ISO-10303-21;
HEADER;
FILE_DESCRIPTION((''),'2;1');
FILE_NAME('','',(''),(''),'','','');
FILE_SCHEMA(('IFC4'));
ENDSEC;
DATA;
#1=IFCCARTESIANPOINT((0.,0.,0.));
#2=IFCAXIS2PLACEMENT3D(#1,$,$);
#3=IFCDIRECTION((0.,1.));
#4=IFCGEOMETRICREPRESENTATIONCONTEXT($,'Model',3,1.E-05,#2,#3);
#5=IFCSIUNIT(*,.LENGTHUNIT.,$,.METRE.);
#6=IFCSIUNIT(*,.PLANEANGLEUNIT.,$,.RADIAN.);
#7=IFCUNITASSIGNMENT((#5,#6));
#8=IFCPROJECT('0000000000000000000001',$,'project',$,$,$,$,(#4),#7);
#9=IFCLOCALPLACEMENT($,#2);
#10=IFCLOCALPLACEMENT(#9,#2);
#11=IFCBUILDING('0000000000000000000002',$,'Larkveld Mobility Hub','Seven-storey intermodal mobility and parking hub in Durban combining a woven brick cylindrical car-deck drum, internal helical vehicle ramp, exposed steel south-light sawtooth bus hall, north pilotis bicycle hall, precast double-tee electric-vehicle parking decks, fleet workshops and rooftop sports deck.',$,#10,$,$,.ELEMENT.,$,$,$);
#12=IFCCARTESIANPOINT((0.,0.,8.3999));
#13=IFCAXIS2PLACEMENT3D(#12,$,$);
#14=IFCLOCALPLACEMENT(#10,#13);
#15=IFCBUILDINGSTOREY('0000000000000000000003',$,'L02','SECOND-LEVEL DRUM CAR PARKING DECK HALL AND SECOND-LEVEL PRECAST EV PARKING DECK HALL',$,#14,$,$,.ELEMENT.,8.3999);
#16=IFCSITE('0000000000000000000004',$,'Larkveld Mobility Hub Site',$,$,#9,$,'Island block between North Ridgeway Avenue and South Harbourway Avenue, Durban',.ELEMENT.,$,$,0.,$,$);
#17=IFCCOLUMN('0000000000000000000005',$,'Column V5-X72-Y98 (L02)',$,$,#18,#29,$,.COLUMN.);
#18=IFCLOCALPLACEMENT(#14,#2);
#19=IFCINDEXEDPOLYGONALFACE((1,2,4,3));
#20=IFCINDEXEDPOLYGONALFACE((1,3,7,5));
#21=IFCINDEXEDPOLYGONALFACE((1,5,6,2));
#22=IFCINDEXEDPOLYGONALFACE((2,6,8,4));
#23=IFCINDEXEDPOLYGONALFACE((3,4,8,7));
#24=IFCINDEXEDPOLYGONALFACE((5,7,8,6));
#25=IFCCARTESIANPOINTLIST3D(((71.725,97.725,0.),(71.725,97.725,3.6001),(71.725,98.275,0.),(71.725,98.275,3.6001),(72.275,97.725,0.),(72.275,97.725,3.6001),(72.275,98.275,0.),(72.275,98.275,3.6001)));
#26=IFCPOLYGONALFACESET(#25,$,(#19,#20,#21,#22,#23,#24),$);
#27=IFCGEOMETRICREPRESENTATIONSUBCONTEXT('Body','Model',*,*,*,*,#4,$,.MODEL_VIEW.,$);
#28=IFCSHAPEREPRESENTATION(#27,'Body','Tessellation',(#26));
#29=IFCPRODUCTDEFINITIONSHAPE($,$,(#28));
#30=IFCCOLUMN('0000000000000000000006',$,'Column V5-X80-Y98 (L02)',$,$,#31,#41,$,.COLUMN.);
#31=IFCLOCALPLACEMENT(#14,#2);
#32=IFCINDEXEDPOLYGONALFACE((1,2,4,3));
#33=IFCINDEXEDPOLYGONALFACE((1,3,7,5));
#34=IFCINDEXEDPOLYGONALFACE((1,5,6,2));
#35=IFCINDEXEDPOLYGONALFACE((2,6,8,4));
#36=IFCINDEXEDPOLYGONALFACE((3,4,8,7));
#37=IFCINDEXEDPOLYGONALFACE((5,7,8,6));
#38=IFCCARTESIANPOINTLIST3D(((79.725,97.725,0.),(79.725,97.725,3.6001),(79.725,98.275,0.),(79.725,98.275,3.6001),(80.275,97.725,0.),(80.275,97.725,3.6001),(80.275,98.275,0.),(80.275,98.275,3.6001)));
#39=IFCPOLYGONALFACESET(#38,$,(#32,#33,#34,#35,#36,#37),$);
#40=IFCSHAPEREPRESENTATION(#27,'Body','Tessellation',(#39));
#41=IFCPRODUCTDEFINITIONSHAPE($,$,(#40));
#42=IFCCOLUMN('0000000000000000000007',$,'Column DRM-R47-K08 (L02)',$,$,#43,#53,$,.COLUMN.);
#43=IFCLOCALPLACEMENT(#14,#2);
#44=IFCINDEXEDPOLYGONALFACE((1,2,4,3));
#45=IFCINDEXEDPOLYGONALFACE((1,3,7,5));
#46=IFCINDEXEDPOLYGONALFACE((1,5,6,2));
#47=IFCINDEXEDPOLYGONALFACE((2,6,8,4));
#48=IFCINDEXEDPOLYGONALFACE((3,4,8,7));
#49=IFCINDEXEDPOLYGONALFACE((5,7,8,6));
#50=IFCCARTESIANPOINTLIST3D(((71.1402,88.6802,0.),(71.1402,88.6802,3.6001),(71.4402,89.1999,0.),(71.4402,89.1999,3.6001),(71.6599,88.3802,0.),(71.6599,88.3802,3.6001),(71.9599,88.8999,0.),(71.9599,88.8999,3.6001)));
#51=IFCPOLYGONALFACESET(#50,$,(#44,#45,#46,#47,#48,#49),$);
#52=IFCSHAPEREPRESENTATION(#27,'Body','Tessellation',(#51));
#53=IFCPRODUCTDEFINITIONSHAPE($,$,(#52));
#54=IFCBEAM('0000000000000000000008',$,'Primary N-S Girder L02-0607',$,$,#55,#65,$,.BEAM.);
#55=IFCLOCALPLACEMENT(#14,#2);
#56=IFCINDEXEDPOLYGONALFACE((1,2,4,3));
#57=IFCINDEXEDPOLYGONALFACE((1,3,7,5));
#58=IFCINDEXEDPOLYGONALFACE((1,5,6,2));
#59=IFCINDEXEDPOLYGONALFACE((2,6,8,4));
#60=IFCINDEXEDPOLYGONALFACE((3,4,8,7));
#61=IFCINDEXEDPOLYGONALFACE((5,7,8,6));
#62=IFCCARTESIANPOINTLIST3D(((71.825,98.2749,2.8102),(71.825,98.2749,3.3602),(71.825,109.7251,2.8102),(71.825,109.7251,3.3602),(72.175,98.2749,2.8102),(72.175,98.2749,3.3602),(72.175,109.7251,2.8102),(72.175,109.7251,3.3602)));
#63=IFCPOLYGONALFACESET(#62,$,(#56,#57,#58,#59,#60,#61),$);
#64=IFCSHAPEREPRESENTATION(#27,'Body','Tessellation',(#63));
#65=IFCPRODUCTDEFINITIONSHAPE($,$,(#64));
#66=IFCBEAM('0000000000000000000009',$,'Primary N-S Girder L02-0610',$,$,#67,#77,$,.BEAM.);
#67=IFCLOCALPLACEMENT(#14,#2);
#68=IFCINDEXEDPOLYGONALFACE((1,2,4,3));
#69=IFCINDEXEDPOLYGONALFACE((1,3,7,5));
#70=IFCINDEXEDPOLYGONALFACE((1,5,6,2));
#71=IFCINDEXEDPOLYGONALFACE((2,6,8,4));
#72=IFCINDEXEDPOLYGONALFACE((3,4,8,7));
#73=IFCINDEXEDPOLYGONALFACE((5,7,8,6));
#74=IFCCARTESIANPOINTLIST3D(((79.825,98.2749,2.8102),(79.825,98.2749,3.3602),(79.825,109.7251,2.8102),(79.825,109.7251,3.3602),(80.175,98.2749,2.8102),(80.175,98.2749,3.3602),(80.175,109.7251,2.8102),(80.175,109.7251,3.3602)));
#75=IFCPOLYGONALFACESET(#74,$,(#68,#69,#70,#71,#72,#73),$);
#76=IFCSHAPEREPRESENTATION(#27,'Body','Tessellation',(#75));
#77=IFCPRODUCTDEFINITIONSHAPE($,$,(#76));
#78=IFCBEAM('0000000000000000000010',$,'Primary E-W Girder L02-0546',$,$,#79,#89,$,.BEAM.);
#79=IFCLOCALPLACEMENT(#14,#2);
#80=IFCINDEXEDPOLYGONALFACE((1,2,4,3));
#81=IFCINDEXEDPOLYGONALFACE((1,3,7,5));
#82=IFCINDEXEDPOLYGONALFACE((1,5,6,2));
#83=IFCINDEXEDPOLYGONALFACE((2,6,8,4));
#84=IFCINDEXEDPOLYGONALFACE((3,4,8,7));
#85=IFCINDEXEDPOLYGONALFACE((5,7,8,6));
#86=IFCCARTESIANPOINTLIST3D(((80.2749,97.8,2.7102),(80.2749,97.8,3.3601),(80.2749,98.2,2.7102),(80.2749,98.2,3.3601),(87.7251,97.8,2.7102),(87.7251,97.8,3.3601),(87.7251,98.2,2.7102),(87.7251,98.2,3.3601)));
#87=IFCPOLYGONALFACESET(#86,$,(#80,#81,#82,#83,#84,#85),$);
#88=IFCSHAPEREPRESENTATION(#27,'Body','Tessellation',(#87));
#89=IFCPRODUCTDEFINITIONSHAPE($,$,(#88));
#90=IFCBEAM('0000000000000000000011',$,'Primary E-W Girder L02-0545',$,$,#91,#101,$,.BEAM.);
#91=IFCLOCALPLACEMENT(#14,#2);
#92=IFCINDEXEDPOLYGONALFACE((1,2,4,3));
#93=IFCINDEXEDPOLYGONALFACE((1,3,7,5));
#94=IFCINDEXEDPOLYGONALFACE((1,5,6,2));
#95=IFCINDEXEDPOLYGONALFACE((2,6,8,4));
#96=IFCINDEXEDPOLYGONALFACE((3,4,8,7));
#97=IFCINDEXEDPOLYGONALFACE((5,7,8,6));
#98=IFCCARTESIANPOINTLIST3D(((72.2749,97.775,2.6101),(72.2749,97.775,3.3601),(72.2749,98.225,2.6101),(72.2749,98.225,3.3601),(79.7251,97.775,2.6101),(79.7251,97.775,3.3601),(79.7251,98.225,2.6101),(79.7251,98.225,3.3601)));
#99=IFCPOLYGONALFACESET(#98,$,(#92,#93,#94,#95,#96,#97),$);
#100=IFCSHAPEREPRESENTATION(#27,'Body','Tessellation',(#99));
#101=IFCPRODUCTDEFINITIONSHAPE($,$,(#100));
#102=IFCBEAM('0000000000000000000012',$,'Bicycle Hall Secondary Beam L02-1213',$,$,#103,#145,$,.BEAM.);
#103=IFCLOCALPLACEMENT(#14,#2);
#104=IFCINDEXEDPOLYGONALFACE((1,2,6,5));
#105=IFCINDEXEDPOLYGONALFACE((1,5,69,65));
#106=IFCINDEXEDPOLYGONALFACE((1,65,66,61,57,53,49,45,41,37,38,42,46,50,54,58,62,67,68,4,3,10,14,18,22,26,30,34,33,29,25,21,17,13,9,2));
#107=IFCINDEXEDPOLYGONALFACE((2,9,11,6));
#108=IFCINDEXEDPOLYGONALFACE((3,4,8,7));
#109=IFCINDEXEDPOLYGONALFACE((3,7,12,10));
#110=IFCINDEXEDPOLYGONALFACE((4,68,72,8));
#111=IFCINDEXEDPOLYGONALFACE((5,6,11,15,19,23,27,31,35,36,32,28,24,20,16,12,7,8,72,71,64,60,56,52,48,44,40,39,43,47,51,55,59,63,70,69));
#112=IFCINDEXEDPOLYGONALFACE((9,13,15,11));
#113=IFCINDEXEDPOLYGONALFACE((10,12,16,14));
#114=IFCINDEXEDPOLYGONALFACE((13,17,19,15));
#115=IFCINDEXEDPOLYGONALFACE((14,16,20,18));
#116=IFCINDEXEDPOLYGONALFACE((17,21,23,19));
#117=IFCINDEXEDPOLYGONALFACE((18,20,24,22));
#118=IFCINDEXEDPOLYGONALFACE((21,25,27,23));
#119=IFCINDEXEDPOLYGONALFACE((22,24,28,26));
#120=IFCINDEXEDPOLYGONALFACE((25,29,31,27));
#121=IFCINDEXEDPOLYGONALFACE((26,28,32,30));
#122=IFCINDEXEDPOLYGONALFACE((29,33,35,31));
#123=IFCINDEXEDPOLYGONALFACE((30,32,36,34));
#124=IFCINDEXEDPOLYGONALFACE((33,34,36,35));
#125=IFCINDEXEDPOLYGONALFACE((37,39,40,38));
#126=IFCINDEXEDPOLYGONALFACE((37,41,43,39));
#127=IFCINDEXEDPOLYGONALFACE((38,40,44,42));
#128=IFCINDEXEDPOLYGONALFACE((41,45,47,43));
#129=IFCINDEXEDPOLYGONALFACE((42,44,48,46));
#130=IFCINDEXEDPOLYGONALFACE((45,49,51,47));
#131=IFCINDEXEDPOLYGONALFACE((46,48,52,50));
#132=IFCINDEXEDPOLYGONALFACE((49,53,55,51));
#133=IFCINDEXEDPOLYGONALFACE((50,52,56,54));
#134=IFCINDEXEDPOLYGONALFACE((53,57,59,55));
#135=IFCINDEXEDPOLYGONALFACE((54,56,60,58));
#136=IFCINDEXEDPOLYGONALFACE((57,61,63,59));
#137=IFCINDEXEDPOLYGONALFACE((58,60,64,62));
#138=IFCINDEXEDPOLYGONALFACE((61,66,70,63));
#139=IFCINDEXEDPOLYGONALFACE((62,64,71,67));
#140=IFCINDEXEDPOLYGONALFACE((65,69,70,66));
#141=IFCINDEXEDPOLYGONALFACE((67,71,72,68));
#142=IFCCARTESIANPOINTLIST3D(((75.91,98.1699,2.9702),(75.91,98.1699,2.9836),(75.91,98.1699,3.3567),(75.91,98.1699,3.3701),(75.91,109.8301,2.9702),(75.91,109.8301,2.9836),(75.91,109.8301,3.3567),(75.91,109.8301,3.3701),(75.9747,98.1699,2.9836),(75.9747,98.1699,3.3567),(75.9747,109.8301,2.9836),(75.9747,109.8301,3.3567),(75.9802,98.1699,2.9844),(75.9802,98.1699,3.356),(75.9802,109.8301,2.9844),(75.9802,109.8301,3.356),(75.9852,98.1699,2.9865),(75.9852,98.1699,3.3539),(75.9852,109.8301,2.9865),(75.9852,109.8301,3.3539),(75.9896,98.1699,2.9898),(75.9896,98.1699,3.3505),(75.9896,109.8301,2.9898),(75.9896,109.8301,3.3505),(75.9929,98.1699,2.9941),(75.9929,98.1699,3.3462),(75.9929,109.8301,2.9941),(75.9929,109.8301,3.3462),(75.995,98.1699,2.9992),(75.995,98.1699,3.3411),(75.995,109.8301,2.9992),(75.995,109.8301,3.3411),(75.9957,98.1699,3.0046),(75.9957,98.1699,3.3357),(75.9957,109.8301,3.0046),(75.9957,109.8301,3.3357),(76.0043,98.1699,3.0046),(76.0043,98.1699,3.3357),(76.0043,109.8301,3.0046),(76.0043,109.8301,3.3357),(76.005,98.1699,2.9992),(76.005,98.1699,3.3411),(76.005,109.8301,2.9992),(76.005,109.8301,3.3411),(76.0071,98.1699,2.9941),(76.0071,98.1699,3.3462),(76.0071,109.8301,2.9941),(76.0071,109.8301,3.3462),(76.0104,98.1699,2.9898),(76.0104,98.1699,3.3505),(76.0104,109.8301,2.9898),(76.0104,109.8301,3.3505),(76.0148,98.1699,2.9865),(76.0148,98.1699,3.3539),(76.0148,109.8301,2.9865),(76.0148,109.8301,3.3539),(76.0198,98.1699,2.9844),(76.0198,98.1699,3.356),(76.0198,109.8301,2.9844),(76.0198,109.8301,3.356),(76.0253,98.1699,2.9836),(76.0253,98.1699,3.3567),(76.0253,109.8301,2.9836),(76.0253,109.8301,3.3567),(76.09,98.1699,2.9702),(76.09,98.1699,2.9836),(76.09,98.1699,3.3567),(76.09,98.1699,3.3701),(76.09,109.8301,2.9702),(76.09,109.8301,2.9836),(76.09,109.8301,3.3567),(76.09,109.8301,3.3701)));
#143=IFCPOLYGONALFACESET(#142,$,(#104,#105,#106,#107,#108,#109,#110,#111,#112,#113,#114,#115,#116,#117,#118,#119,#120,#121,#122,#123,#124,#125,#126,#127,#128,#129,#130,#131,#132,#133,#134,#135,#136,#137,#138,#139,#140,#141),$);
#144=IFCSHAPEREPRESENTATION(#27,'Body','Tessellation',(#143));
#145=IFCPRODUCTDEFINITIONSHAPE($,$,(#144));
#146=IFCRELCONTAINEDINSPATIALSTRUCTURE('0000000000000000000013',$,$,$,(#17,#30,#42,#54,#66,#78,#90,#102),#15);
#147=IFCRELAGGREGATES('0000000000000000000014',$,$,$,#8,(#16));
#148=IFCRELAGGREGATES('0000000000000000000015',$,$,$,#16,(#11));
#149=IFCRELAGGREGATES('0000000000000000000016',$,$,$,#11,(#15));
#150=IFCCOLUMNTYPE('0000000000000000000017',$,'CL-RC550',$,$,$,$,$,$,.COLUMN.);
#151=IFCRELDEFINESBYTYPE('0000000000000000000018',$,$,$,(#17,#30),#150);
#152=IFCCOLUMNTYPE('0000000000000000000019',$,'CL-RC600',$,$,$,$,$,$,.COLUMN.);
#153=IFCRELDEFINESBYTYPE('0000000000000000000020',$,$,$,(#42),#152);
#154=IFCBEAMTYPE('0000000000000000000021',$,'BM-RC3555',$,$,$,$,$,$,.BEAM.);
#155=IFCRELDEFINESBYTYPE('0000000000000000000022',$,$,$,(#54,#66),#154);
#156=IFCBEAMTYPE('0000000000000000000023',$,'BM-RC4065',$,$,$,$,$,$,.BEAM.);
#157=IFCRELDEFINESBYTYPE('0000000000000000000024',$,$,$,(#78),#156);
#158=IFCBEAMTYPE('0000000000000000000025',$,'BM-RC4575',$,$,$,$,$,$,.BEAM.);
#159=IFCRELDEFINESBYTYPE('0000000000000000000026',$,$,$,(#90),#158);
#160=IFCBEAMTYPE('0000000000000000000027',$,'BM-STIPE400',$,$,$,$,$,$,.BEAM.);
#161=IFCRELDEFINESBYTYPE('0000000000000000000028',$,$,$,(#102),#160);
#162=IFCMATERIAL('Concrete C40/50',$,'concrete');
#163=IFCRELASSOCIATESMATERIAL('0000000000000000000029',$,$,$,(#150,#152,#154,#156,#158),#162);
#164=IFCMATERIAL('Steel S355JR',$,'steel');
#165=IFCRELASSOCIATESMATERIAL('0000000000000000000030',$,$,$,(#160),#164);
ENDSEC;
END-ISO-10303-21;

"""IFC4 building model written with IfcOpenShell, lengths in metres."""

from ifc_helpers import new_model, si_unit, direction, frame, origin, origin_2d, place, context, subcontext, project, spatial, rectangle, i_section, extrude, material, material_profile, profile_set, type_object, element, save


model = new_model("IFC4")

# Units and contexts
model_context = context("Model", 3, precision=1e-05, world=origin(), true_north=direction((0.0, 1.0)))
body_context = subcontext(model_context, "Body", "Model", "MODEL_VIEW")
ifc_project = project(units=[si_unit("LENGTHUNIT", "METRE"), si_unit("PLANEANGLEUNIT", "RADIAN")], contexts=[model_context])

# Site, building, storey
site_placement = place(None, origin())
site = spatial("IfcSite", under=ifc_project, at=site_placement, Name="Larkveld Mobility Hub Site", LongName="Island block between North Ridgeway Avenue and South Harbourway Avenue, Durban", CompositionType="ELEMENT", RefElevation=0.0)
building_placement = place(site_placement, origin())
building = spatial("IfcBuilding", under=site, at=building_placement, Name="Larkveld Mobility Hub", Description="Seven-storey intermodal mobility and parking hub in Durban combining a woven brick cylindrical car-deck drum, internal helical vehicle ramp, exposed steel south-light sawtooth bus hall, north pilotis bicycle hall, precast double-tee electric-vehicle parking decks, fleet workshops and rooftop sports deck.", CompositionType="ELEMENT")
storey_placement = place(building_placement, frame((0.0, 0.0, 8.3999)))
storey = spatial("IfcBuildingStorey", under=building, at=storey_placement, Name="L02", Description="SECOND-LEVEL DRUM CAR PARKING DECK HALL AND SECOND-LEVEL PRECAST EV PARKING DECK HALL", CompositionType="ELEMENT", Elevation=8.3999)

# Columns
ifc_material_1 = material(Name="Concrete C40/50", Category="concrete")
ifc_material_profile_1 = material_profile(ifc_material_1, rectangle(XDim=0.55, YDim=0.55, at=origin_2d()), Name="RC COL 550x550")
ifc_profile_set_1 = profile_set([ifc_material_profile_1], Name="Concrete C40/50")
column_type_1 = type_object("IfcColumnType", Name="CL-RC550", PredefinedType="COLUMN", material=ifc_profile_set_1)
for number, where, z_axis, x_axis, name in (
    (1, (72.0, 98.0, 0.0), (0.0, 0.0, 1.0), (1.0, 0.0, 0.0), "Column V5-X72-Y98 (L02)"),
    (2, (80.0, 98.0, 0.0), (0.0, 0.0, 1.0), (1.0, 0.0, 0.0), "Column V5-X80-Y98 (L02)"),
):
    element("IfcColumn", number, at=place(storey_placement, frame(where, z_axis=z_axis, x_axis=x_axis)), inside=storey, type_object=column_type_1, Name=name, PredefinedType="COLUMN", context=body_context, shape_type="SweptSolid", body=[
        extrude(rectangle(XDim=0.55, YDim=0.55, at=origin_2d()), origin(), (0.0, 0.0, 1.0), 3.6001),
    ])
ifc_material_profile_2 = material_profile(ifc_material_1, rectangle(XDim=0.6001, YDim=0.6001, at=origin_2d()), Name="RC COL 600x600")
ifc_profile_set_2 = profile_set([ifc_material_profile_2], Name="Concrete C40/50")
column_type_2 = type_object("IfcColumnType", Name="CL-RC600", PredefinedType="COLUMN", material=ifc_profile_set_2)
column_placement = place(storey_placement, frame((71.55, 88.79, 0.0), z_axis=(0.0, 0.0, 1.0), x_axis=(0.5, 0.866025, 0.0)))
element("IfcColumn", 3, at=column_placement, inside=storey, type_object=column_type_2, Name="Column DRM-R47-K08 (L02)", PredefinedType="COLUMN", context=body_context, shape_type="SweptSolid", body=[
    extrude(rectangle(XDim=0.6001, YDim=0.6001, at=origin_2d()), origin(), (0.0, 0.0, 1.0), 3.6001),
])

# Beams
ifc_material_profile_3 = material_profile(ifc_material_1, rectangle(XDim=0.3501, YDim=0.55, at=origin_2d()), Name="RC BM 350x550")
ifc_profile_set_3 = profile_set([ifc_material_profile_3], Name="Concrete C40/50")
beam_type_1 = type_object("IfcBeamType", Name="BM-RC3555", PredefinedType="BEAM", material=ifc_profile_set_3)
for number, where, z_axis, x_axis, name in (
    (4, (72.0, 98.2749, 3.0852), (0.0, 1.0, 0.0), (-1.0, 0.0, 0.0), "Primary N-S Girder L02-0607"),
    (5, (80.0, 98.2749, 3.0852), (0.0, 1.0, 0.0), (-1.0, 0.0, 0.0), "Primary N-S Girder L02-0610"),
):
    element("IfcBeam", number, at=place(storey_placement, frame(where, z_axis=z_axis, x_axis=x_axis)), inside=storey, type_object=beam_type_1, Name=name, PredefinedType="BEAM", context=body_context, shape_type="SweptSolid", body=[
        extrude(rectangle(XDim=0.3501, YDim=0.55, at=origin_2d()), origin(), (0.0, 0.0, 1.0), 11.4502),
    ])
ifc_material_profile_4 = material_profile(ifc_material_1, rectangle(XDim=0.3999, YDim=0.6499, at=origin_2d()), Name="RC BM 400x650")
ifc_profile_set_4 = profile_set([ifc_material_profile_4], Name="Concrete C40/50")
beam_type_2 = type_object("IfcBeamType", Name="BM-RC4065", PredefinedType="BEAM", material=ifc_profile_set_4)
beam_1_placement = place(storey_placement, frame((80.2749, 98.0, 3.0352), z_axis=(1.0, 0.0, 0.0), x_axis=(0.0, 1.0, 0.0)))
element("IfcBeam", 6, at=beam_1_placement, inside=storey, type_object=beam_type_2, Name="Primary E-W Girder L02-0546", PredefinedType="BEAM", context=body_context, shape_type="SweptSolid", body=[
    extrude(rectangle(XDim=0.3999, YDim=0.6499, at=origin_2d()), origin(), (0.0, 0.0, 1.0), 7.4502),
])
ifc_material_profile_5 = material_profile(ifc_material_1, rectangle(XDim=0.45, YDim=0.75, at=origin_2d()), Name="RC BM 450x750")
ifc_profile_set_5 = profile_set([ifc_material_profile_5], Name="Concrete C40/50")
beam_type_3 = type_object("IfcBeamType", Name="BM-RC4575", PredefinedType="BEAM", material=ifc_profile_set_5)
beam_2_placement = place(storey_placement, frame((72.2749, 98.0, 2.9851), z_axis=(1.0, 0.0, 0.0), x_axis=(0.0, 1.0, 0.0)))
element("IfcBeam", 7, at=beam_2_placement, inside=storey, type_object=beam_type_3, Name="Primary E-W Girder L02-0545", PredefinedType="BEAM", context=body_context, shape_type="SweptSolid", body=[
    extrude(rectangle(XDim=0.45, YDim=0.75, at=origin_2d()), origin(), (0.0, 0.0, 1.0), 7.4502),
])
ifc_material_2 = material(Name="Steel S355JR", Category="steel")
ifc_material_profile_6 = material_profile(ifc_material_2, i_section(OverallWidth=0.1799, OverallDepth=0.3999, WebThickness=0.0085, FlangeThickness=0.0134, FilletRadius=0.021, at=origin_2d()), Name="IPE 400")
ifc_profile_set_6 = profile_set([ifc_material_profile_6], Name="Steel S355JR")
beam_type_4 = type_object("IfcBeamType", Name="BM-STIPE400", PredefinedType="BEAM", material=ifc_profile_set_6)
beam_3_placement = place(storey_placement, frame((76.0, 98.1699, 3.1702), z_axis=(0.0, 1.0, 0.0), x_axis=(-1.0, 0.0, 0.0)))
element("IfcBeam", 8, at=beam_3_placement, inside=storey, type_object=beam_type_4, Name="Bicycle Hall Secondary Beam L02-1213", PredefinedType="BEAM", context=body_context, shape_type="SweptSolid", body=[
    extrude(i_section(OverallWidth=0.1799, OverallDepth=0.3999, WebThickness=0.0085, FlangeThickness=0.0134, FilletRadius=0.021, at=origin_2d()), origin(), (0.0, 0.0, 1.0), 11.6602),
])

save(model, "model.ifc")
